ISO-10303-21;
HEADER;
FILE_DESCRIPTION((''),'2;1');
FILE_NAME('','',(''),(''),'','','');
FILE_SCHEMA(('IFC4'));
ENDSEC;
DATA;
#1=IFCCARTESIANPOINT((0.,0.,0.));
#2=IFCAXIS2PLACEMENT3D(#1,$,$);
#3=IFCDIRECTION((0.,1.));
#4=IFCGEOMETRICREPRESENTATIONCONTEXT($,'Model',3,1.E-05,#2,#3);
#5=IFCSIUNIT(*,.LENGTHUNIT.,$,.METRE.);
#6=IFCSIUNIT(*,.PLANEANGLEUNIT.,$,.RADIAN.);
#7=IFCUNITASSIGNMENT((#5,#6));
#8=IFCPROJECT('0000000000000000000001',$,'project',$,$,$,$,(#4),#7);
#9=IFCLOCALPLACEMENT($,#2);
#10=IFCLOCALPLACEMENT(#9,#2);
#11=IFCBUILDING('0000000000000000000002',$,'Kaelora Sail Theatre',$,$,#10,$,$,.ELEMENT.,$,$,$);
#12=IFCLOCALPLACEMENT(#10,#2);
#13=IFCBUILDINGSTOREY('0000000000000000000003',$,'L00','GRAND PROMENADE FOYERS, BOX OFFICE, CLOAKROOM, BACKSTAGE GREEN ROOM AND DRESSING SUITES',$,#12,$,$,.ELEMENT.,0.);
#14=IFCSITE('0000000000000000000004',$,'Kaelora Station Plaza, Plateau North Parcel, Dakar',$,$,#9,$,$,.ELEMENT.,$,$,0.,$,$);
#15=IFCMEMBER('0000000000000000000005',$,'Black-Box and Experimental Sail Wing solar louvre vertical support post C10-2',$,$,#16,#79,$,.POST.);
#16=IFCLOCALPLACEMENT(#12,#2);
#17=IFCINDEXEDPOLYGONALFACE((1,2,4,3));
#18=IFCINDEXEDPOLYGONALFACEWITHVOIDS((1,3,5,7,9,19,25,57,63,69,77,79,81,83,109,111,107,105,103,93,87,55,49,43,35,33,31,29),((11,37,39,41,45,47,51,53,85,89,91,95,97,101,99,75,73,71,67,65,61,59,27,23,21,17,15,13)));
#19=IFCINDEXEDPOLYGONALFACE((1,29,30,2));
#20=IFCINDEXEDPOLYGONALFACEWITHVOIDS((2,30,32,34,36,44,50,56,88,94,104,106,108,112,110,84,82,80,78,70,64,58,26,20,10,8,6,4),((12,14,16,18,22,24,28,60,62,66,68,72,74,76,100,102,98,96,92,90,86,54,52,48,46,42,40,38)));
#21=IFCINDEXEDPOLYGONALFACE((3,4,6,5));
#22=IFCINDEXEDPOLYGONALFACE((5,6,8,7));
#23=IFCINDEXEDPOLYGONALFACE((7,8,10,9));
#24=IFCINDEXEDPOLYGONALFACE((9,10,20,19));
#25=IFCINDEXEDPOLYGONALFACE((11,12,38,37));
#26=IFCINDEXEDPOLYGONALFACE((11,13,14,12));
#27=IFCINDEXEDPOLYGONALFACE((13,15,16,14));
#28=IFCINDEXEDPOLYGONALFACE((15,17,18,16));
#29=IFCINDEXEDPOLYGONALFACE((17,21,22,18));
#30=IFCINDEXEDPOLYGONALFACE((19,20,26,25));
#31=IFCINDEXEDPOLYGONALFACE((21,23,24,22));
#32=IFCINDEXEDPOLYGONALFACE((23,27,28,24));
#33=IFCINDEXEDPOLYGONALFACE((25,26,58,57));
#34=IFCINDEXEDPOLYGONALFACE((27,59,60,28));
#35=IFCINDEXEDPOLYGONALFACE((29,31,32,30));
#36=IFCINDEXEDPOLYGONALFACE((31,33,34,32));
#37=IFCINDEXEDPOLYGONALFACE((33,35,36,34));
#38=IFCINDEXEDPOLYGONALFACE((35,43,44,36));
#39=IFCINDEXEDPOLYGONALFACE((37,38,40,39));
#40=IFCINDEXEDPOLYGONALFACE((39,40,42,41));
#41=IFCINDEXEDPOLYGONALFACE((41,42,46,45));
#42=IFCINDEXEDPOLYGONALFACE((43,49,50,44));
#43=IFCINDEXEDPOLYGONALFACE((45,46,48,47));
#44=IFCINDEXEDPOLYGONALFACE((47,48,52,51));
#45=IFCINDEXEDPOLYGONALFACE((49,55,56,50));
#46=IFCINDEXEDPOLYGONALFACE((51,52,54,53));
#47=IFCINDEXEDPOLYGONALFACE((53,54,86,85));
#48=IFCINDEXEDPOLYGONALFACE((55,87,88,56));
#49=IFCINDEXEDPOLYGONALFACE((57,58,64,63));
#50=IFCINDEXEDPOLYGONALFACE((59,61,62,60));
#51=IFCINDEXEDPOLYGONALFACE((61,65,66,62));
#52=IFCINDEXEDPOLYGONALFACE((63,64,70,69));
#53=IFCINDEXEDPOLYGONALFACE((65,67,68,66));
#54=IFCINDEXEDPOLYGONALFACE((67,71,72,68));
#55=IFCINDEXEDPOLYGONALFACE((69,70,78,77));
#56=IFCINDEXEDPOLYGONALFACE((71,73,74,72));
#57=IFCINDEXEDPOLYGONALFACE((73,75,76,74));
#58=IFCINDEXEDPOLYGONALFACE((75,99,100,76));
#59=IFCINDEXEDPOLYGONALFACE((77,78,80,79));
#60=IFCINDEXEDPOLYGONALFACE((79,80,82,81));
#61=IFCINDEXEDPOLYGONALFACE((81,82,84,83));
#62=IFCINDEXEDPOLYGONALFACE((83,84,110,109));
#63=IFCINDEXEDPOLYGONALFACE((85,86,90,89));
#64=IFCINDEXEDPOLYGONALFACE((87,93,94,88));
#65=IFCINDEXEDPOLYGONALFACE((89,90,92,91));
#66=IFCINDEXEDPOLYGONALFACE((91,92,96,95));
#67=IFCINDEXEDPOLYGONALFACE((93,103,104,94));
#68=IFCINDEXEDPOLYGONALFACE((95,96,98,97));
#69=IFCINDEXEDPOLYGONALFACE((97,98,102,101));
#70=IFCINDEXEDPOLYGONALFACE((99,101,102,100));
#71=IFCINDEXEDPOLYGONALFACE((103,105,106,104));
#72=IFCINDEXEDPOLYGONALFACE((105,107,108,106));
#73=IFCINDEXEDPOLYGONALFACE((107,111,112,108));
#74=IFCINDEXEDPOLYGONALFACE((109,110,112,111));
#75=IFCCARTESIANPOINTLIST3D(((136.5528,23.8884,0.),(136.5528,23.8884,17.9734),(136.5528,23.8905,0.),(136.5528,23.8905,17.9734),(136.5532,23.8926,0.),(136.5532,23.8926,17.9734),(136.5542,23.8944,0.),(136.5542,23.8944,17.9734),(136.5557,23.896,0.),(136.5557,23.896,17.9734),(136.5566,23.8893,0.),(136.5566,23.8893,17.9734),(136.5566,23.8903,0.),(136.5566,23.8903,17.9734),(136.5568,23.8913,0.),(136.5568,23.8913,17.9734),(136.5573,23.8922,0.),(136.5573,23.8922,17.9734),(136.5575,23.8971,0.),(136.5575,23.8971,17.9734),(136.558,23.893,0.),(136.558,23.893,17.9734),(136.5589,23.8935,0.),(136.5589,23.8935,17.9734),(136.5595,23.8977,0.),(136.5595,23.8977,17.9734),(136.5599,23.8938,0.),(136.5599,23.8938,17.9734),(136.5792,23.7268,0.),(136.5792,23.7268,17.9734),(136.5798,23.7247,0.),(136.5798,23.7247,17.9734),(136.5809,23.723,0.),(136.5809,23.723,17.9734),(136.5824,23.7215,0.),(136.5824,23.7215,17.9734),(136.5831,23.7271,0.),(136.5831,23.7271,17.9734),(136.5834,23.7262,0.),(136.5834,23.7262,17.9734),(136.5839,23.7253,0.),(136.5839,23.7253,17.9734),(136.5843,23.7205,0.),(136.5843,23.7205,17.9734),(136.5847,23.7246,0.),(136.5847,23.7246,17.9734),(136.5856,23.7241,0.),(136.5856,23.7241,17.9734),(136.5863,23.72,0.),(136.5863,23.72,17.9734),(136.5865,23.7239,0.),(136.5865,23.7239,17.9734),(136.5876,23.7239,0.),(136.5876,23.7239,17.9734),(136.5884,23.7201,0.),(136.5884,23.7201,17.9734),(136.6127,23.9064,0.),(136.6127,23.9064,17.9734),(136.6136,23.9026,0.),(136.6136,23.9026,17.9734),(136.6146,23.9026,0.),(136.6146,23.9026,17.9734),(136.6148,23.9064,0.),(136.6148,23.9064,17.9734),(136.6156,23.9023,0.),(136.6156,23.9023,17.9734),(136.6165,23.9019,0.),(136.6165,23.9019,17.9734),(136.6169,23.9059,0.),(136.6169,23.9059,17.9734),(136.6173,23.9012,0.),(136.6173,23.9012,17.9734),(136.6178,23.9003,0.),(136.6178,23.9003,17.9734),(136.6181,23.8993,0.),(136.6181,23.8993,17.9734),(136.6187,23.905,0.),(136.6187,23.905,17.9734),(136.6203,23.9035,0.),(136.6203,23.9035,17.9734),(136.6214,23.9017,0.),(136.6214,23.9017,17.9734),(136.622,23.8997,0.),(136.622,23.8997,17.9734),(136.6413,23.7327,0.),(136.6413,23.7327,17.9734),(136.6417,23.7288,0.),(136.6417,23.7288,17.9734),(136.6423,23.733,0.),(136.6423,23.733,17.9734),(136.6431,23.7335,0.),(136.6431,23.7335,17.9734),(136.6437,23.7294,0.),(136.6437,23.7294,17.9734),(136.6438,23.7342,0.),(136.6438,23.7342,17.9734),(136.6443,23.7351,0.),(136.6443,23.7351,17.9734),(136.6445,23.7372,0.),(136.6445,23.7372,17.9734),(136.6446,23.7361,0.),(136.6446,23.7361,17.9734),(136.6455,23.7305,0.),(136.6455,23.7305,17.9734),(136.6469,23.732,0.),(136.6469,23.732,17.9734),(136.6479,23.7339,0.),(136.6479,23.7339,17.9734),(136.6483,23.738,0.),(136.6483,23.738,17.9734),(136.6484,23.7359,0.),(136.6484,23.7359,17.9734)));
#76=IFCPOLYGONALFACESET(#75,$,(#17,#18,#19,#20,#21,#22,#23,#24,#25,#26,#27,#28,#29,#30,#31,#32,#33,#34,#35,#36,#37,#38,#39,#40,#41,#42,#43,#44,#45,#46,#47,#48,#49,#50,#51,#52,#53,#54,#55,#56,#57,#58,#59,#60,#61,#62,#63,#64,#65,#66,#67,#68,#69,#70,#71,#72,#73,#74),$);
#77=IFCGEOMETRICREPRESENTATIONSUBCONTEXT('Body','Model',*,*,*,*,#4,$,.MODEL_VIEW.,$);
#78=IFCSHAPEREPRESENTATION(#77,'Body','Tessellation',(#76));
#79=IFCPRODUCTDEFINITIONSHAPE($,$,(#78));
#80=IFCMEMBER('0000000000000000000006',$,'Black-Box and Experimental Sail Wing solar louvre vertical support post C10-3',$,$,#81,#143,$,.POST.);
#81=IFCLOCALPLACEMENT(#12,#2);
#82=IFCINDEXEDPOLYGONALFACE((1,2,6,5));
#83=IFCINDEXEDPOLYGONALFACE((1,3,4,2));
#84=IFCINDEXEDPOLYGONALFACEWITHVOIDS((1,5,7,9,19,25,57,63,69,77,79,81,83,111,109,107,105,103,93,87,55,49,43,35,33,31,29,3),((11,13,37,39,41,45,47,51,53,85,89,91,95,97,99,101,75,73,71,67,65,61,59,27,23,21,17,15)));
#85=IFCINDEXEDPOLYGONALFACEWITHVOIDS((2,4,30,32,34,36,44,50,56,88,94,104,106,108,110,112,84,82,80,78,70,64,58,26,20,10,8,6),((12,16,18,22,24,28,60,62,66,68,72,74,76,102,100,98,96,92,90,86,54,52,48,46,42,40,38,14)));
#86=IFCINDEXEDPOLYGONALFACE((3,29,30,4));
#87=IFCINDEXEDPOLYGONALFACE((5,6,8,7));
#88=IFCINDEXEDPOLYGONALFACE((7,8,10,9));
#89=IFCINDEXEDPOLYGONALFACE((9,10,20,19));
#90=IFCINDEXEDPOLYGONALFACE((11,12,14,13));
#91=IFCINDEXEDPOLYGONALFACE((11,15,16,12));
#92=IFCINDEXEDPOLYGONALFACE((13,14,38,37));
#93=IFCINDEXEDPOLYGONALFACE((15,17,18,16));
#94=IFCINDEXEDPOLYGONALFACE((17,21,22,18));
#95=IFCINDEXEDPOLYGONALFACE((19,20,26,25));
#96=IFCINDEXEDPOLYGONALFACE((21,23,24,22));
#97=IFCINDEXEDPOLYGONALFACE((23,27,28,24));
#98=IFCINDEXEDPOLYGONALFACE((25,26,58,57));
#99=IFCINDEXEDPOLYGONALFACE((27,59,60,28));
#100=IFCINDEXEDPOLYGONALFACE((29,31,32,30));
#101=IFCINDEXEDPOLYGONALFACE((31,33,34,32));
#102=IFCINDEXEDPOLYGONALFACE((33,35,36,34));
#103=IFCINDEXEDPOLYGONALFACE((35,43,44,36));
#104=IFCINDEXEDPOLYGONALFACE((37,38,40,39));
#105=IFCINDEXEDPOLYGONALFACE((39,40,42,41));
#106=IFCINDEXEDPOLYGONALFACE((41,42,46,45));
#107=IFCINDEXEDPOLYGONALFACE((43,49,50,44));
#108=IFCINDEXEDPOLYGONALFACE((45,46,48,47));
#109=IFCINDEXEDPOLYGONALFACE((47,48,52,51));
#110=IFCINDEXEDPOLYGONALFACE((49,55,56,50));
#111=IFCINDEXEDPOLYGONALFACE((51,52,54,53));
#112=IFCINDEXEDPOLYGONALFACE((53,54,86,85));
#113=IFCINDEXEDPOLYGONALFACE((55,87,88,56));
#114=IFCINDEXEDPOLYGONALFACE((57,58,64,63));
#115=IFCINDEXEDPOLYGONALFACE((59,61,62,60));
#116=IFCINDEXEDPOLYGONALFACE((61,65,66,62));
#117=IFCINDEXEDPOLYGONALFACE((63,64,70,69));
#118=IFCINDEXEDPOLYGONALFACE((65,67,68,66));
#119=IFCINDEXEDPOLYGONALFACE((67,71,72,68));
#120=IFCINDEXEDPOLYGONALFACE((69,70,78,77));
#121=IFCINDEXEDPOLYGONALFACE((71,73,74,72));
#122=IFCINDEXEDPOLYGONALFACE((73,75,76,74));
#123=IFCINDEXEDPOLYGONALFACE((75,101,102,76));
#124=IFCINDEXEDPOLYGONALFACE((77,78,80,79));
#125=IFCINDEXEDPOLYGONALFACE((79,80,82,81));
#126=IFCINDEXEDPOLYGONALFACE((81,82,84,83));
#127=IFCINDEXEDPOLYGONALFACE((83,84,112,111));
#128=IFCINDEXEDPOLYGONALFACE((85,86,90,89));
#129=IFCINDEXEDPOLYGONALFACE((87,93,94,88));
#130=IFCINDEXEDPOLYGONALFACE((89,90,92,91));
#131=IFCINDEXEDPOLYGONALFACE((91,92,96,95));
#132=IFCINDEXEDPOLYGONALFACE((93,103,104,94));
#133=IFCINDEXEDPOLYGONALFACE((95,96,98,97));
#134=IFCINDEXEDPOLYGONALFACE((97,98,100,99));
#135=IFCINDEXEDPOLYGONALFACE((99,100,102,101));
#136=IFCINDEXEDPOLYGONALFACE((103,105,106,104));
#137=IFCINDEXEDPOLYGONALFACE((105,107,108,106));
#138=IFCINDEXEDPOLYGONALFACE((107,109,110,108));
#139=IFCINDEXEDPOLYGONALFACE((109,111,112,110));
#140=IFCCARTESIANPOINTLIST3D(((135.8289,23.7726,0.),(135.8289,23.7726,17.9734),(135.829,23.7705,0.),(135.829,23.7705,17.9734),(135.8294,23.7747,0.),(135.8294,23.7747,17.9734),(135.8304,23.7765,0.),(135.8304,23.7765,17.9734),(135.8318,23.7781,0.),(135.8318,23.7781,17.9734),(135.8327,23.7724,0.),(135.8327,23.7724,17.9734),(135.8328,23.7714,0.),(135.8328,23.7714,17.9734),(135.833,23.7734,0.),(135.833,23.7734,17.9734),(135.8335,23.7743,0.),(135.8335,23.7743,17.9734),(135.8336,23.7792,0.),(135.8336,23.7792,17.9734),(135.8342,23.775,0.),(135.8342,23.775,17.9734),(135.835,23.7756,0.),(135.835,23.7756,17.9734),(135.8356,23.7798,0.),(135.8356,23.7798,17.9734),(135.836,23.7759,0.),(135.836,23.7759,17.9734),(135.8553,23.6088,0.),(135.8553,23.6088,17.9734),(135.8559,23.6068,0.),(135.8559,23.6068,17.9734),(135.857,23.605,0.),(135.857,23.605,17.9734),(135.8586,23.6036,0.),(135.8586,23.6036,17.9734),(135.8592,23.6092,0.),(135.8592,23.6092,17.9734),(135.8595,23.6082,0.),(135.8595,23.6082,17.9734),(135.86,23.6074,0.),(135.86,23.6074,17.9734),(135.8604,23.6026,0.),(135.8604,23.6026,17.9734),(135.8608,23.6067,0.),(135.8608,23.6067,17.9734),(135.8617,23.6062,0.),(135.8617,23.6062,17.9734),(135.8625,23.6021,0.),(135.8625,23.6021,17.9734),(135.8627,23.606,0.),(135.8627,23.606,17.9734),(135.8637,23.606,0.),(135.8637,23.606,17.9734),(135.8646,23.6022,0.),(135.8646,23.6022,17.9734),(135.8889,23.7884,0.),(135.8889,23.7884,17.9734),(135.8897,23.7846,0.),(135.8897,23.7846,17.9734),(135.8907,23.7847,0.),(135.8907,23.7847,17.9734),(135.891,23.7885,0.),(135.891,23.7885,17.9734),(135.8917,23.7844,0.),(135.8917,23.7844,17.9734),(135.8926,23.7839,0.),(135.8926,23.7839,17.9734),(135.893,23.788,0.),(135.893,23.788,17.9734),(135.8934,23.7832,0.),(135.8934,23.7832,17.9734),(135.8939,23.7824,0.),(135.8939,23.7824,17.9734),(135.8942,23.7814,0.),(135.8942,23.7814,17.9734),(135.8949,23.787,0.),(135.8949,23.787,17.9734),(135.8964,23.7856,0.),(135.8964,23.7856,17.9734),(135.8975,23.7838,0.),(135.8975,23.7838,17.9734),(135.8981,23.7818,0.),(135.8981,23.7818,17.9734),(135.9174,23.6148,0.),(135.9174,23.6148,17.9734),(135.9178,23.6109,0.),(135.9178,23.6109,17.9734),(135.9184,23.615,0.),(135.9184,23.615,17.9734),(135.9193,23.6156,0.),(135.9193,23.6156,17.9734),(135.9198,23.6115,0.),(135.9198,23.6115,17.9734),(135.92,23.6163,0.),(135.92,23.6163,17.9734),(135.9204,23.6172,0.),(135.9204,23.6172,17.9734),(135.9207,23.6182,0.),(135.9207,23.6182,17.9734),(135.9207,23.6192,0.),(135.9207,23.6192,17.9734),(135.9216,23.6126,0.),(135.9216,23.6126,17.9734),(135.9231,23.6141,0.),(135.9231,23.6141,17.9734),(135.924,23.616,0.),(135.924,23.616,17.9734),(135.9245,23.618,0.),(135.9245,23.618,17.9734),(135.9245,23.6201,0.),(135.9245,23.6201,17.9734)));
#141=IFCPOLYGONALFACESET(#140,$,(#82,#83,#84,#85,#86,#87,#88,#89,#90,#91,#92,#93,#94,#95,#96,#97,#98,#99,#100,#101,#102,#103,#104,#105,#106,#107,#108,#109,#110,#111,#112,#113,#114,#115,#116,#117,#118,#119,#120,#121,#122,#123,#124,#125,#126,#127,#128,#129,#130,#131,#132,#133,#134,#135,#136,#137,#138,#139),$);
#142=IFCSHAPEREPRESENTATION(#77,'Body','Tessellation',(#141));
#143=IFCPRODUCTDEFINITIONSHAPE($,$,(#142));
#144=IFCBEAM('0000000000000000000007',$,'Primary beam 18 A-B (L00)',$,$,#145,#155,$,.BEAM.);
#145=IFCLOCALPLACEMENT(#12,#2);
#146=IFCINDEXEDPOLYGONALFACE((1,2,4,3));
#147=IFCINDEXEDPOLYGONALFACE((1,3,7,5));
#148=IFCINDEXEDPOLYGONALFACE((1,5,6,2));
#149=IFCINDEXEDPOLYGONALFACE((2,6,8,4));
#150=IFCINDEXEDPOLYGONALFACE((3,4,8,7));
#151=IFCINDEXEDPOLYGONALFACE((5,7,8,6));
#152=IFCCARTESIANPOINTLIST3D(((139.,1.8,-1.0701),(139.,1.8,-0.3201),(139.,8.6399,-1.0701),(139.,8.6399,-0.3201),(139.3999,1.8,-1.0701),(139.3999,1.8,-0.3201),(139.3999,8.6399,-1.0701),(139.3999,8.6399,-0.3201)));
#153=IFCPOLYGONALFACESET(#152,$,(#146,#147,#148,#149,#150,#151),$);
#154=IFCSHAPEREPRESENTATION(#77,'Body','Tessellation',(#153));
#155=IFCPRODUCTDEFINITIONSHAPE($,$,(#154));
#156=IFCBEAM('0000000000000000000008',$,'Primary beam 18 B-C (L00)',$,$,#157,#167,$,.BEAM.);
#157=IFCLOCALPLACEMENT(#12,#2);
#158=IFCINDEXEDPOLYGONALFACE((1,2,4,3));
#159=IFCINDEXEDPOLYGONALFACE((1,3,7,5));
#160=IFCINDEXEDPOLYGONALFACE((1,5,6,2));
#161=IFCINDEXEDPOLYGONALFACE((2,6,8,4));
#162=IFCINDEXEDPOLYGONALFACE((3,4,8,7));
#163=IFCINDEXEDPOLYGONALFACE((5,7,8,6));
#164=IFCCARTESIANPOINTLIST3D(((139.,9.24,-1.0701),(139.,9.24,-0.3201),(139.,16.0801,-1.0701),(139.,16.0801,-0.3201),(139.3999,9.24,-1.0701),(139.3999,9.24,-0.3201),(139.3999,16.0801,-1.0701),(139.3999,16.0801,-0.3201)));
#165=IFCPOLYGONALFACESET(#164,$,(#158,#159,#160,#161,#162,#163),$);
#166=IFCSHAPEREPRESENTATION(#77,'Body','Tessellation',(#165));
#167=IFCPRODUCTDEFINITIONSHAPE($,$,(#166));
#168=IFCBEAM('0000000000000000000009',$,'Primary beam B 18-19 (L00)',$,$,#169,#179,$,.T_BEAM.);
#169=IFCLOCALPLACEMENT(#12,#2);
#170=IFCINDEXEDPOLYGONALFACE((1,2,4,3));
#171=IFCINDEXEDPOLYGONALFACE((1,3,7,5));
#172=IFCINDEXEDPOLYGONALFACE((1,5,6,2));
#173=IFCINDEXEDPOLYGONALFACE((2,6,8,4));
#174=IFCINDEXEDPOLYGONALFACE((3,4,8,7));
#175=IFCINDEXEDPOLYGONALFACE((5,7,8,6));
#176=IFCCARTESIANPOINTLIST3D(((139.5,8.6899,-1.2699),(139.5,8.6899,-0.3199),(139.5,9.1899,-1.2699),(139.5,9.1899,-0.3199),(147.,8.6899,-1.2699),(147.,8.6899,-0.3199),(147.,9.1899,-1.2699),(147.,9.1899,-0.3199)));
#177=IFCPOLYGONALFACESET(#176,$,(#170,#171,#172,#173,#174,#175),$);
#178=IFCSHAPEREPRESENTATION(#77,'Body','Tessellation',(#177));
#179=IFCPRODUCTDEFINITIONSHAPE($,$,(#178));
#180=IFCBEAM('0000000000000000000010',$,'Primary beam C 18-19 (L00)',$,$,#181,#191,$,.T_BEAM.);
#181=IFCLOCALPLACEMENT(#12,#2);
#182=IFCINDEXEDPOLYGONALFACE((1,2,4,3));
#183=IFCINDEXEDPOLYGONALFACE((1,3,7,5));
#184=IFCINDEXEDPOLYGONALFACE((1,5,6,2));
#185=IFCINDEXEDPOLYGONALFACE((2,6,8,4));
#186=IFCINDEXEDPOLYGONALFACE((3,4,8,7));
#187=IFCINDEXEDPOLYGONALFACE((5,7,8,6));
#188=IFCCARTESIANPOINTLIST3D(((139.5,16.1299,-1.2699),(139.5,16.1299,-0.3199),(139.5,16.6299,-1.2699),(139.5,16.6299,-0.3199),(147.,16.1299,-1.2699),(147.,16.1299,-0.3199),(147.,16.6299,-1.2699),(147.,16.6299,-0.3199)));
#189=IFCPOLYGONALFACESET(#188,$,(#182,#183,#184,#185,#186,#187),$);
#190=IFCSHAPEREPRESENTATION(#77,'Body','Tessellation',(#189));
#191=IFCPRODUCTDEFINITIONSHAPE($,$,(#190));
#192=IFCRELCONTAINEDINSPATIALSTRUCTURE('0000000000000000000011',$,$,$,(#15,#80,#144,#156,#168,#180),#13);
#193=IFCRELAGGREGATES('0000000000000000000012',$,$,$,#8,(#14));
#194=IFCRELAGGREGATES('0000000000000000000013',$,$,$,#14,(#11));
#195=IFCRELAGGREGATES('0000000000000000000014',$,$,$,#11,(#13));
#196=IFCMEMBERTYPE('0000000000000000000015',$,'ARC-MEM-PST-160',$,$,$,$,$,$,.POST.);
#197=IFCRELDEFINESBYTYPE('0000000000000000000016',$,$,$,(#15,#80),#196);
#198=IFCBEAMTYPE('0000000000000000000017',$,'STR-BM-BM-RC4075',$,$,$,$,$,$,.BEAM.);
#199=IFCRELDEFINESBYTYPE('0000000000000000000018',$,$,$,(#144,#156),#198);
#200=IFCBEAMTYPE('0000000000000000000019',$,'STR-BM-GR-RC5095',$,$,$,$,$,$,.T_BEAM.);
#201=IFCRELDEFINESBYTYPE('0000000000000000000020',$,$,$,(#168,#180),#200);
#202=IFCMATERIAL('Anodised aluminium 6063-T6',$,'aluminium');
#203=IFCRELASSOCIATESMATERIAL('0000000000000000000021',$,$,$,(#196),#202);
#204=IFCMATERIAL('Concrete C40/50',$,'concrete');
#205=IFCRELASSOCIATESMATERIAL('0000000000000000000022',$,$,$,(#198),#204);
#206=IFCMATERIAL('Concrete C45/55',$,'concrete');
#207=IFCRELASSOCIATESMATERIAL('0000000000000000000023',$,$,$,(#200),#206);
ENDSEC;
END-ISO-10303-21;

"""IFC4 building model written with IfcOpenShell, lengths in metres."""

from ifc_helpers import new_model, si_unit, direction, frame, origin, origin_2d, place, context, subcontext, project, spatial, rectangle, hollow_rectangle, extrude, material, material_profile, profile_set, type_object, element, save


model = new_model("IFC4")

# Units and contexts
model_context = context("Model", 3, precision=1e-05, world=origin(), true_north=direction((0.0, 1.0)))
body_context = subcontext(model_context, "Body", "Model", "MODEL_VIEW")
ifc_project = project(units=[si_unit("LENGTHUNIT", "METRE"), si_unit("PLANEANGLEUNIT", "RADIAN")], contexts=[model_context])

# Site, building, storey
site_placement = place(None, origin())
site = spatial("IfcSite", under=ifc_project, at=site_placement, Name="Kaelora Station Plaza, Plateau North Parcel, Dakar", CompositionType="ELEMENT", RefElevation=0.0)
building_placement = place(site_placement, origin())
building = spatial("IfcBuilding", under=site, at=building_placement, Name="Kaelora Sail Theatre", CompositionType="ELEMENT")
storey_placement = place(building_placement, origin())
storey = spatial("IfcBuildingStorey", under=building, at=storey_placement, Name="L00", Description="GRAND PROMENADE FOYERS, BOX OFFICE, CLOAKROOM, BACKSTAGE GREEN ROOM AND DRESSING SUITES", CompositionType="ELEMENT", Elevation=0.0)

# Members
ifc_material_1 = material(Name="Anodised aluminium 6063-T6", Category="aluminium")
ifc_material_profile_1 = material_profile(ifc_material_1, hollow_rectangle(XDim=0.0701, YDim=0.1799, WallThickness=0.0039, InnerFilletRadius=0.0039, OuterFilletRadius=0.0081, at=origin_2d()), Name="ALU-MULL 70x180x4")
ifc_profile_set_1 = profile_set([ifc_material_profile_1], Name="Anodised aluminium 6063-T6")
member_type_1 = type_object("IfcMemberType", Name="ARC-MEM-PST-160", PredefinedType="POST", material=ifc_profile_set_1)
for number, where, z_axis, x_axis, name in (
    (1, (136.6006, 23.8132, 0.0), (0.0, 0.0, 1.0), (-0.986968, -0.160915, 0.0), "Black-Box and Experimental Sail Wing solar louvre vertical support post C10-2"),
    (2, (135.8767, 23.6953, 0.0), (0.0, 0.0, 1.0), (-0.986968, -0.160915, 0.0), "Black-Box and Experimental Sail Wing solar louvre vertical support post C10-3"),
):
    element("IfcMember", number, at=place(storey_placement, frame(where, z_axis=z_axis, x_axis=x_axis)), inside=storey, type_object=member_type_1, Name=name, PredefinedType="POST", context=body_context, shape_type="SweptSolid", body=[
        extrude(hollow_rectangle(XDim=0.0701, YDim=0.1799, WallThickness=0.0039, InnerFilletRadius=0.0039, OuterFilletRadius=0.0081, at=origin_2d()), origin(), (0.0, 0.0, 1.0), 17.9734),
    ])

# Beams
ifc_material_2 = material(Name="Concrete C40/50", Category="concrete")
ifc_material_profile_2 = material_profile(ifc_material_2, rectangle(XDim=0.3999, YDim=0.75, at=origin_2d()), Name="RC-BM 400x750")
ifc_profile_set_2 = profile_set([ifc_material_profile_2], Name="Concrete C40/50")
beam_type_1 = type_object("IfcBeamType", Name="STR-BM-BM-RC4075", PredefinedType="BEAM", material=ifc_profile_set_2)
beam_1_placement = place(storey_placement, frame((139.2, 1.8, -0.6951), z_axis=(0.0, 1.0, 0.0), x_axis=(-1.0, 0.0, 0.0)))
element("IfcBeam", 3, at=beam_1_placement, inside=storey, type_object=beam_type_1, Name="Primary beam 18 A-B (L00)", PredefinedType="BEAM", context=body_context, shape_type="SweptSolid", body=[
    extrude(rectangle(XDim=0.3999, YDim=0.75, at=origin_2d()), origin(), (0.0, 0.0, 1.0), 6.8398),
])
beam_2_placement = place(storey_placement, frame((139.2, 9.24, -0.6951), z_axis=(0.0, 1.0, 0.0), x_axis=(-1.0, 0.0, 0.0)))
element("IfcBeam", 4, at=beam_2_placement, inside=storey, type_object=beam_type_1, Name="Primary beam 18 B-C (L00)", PredefinedType="BEAM", context=body_context, shape_type="SweptSolid", body=[
    extrude(rectangle(XDim=0.3999, YDim=0.75, at=origin_2d()), origin(), (0.0, 0.0, 1.0), 6.8401),
])
ifc_material_3 = material(Name="Concrete C45/55", Category="concrete")
ifc_material_profile_3 = material_profile(ifc_material_3, rectangle(XDim=0.5, YDim=0.95, at=origin_2d()), Name="RC-GRD 500x950")
ifc_profile_set_3 = profile_set([ifc_material_profile_3], Name="Concrete C45/55")
beam_type_2 = type_object("IfcBeamType", Name="STR-BM-GR-RC5095", PredefinedType="T_BEAM", material=ifc_profile_set_3)
for number, where, z_axis, x_axis, name in (
    (5, (139.5, 8.9399, -0.7949), (1.0, 0.0, 0.0), (0.0, 1.0, 0.0), "Primary beam B 18-19 (L00)"),
    (6, (139.5, 16.3799, -0.7949), (1.0, 0.0, 0.0), (0.0, 1.0, 0.0), "Primary beam C 18-19 (L00)"),
):
    element("IfcBeam", number, at=place(storey_placement, frame(where, z_axis=z_axis, x_axis=x_axis)), inside=storey, type_object=beam_type_2, Name=name, PredefinedType="T_BEAM", context=body_context, shape_type="SweptSolid", body=[
        extrude(rectangle(XDim=0.5, YDim=0.95, at=origin_2d()), origin(), (0.0, 0.0, 1.0), 7.5),
    ])

save(model, "model.ifc")
